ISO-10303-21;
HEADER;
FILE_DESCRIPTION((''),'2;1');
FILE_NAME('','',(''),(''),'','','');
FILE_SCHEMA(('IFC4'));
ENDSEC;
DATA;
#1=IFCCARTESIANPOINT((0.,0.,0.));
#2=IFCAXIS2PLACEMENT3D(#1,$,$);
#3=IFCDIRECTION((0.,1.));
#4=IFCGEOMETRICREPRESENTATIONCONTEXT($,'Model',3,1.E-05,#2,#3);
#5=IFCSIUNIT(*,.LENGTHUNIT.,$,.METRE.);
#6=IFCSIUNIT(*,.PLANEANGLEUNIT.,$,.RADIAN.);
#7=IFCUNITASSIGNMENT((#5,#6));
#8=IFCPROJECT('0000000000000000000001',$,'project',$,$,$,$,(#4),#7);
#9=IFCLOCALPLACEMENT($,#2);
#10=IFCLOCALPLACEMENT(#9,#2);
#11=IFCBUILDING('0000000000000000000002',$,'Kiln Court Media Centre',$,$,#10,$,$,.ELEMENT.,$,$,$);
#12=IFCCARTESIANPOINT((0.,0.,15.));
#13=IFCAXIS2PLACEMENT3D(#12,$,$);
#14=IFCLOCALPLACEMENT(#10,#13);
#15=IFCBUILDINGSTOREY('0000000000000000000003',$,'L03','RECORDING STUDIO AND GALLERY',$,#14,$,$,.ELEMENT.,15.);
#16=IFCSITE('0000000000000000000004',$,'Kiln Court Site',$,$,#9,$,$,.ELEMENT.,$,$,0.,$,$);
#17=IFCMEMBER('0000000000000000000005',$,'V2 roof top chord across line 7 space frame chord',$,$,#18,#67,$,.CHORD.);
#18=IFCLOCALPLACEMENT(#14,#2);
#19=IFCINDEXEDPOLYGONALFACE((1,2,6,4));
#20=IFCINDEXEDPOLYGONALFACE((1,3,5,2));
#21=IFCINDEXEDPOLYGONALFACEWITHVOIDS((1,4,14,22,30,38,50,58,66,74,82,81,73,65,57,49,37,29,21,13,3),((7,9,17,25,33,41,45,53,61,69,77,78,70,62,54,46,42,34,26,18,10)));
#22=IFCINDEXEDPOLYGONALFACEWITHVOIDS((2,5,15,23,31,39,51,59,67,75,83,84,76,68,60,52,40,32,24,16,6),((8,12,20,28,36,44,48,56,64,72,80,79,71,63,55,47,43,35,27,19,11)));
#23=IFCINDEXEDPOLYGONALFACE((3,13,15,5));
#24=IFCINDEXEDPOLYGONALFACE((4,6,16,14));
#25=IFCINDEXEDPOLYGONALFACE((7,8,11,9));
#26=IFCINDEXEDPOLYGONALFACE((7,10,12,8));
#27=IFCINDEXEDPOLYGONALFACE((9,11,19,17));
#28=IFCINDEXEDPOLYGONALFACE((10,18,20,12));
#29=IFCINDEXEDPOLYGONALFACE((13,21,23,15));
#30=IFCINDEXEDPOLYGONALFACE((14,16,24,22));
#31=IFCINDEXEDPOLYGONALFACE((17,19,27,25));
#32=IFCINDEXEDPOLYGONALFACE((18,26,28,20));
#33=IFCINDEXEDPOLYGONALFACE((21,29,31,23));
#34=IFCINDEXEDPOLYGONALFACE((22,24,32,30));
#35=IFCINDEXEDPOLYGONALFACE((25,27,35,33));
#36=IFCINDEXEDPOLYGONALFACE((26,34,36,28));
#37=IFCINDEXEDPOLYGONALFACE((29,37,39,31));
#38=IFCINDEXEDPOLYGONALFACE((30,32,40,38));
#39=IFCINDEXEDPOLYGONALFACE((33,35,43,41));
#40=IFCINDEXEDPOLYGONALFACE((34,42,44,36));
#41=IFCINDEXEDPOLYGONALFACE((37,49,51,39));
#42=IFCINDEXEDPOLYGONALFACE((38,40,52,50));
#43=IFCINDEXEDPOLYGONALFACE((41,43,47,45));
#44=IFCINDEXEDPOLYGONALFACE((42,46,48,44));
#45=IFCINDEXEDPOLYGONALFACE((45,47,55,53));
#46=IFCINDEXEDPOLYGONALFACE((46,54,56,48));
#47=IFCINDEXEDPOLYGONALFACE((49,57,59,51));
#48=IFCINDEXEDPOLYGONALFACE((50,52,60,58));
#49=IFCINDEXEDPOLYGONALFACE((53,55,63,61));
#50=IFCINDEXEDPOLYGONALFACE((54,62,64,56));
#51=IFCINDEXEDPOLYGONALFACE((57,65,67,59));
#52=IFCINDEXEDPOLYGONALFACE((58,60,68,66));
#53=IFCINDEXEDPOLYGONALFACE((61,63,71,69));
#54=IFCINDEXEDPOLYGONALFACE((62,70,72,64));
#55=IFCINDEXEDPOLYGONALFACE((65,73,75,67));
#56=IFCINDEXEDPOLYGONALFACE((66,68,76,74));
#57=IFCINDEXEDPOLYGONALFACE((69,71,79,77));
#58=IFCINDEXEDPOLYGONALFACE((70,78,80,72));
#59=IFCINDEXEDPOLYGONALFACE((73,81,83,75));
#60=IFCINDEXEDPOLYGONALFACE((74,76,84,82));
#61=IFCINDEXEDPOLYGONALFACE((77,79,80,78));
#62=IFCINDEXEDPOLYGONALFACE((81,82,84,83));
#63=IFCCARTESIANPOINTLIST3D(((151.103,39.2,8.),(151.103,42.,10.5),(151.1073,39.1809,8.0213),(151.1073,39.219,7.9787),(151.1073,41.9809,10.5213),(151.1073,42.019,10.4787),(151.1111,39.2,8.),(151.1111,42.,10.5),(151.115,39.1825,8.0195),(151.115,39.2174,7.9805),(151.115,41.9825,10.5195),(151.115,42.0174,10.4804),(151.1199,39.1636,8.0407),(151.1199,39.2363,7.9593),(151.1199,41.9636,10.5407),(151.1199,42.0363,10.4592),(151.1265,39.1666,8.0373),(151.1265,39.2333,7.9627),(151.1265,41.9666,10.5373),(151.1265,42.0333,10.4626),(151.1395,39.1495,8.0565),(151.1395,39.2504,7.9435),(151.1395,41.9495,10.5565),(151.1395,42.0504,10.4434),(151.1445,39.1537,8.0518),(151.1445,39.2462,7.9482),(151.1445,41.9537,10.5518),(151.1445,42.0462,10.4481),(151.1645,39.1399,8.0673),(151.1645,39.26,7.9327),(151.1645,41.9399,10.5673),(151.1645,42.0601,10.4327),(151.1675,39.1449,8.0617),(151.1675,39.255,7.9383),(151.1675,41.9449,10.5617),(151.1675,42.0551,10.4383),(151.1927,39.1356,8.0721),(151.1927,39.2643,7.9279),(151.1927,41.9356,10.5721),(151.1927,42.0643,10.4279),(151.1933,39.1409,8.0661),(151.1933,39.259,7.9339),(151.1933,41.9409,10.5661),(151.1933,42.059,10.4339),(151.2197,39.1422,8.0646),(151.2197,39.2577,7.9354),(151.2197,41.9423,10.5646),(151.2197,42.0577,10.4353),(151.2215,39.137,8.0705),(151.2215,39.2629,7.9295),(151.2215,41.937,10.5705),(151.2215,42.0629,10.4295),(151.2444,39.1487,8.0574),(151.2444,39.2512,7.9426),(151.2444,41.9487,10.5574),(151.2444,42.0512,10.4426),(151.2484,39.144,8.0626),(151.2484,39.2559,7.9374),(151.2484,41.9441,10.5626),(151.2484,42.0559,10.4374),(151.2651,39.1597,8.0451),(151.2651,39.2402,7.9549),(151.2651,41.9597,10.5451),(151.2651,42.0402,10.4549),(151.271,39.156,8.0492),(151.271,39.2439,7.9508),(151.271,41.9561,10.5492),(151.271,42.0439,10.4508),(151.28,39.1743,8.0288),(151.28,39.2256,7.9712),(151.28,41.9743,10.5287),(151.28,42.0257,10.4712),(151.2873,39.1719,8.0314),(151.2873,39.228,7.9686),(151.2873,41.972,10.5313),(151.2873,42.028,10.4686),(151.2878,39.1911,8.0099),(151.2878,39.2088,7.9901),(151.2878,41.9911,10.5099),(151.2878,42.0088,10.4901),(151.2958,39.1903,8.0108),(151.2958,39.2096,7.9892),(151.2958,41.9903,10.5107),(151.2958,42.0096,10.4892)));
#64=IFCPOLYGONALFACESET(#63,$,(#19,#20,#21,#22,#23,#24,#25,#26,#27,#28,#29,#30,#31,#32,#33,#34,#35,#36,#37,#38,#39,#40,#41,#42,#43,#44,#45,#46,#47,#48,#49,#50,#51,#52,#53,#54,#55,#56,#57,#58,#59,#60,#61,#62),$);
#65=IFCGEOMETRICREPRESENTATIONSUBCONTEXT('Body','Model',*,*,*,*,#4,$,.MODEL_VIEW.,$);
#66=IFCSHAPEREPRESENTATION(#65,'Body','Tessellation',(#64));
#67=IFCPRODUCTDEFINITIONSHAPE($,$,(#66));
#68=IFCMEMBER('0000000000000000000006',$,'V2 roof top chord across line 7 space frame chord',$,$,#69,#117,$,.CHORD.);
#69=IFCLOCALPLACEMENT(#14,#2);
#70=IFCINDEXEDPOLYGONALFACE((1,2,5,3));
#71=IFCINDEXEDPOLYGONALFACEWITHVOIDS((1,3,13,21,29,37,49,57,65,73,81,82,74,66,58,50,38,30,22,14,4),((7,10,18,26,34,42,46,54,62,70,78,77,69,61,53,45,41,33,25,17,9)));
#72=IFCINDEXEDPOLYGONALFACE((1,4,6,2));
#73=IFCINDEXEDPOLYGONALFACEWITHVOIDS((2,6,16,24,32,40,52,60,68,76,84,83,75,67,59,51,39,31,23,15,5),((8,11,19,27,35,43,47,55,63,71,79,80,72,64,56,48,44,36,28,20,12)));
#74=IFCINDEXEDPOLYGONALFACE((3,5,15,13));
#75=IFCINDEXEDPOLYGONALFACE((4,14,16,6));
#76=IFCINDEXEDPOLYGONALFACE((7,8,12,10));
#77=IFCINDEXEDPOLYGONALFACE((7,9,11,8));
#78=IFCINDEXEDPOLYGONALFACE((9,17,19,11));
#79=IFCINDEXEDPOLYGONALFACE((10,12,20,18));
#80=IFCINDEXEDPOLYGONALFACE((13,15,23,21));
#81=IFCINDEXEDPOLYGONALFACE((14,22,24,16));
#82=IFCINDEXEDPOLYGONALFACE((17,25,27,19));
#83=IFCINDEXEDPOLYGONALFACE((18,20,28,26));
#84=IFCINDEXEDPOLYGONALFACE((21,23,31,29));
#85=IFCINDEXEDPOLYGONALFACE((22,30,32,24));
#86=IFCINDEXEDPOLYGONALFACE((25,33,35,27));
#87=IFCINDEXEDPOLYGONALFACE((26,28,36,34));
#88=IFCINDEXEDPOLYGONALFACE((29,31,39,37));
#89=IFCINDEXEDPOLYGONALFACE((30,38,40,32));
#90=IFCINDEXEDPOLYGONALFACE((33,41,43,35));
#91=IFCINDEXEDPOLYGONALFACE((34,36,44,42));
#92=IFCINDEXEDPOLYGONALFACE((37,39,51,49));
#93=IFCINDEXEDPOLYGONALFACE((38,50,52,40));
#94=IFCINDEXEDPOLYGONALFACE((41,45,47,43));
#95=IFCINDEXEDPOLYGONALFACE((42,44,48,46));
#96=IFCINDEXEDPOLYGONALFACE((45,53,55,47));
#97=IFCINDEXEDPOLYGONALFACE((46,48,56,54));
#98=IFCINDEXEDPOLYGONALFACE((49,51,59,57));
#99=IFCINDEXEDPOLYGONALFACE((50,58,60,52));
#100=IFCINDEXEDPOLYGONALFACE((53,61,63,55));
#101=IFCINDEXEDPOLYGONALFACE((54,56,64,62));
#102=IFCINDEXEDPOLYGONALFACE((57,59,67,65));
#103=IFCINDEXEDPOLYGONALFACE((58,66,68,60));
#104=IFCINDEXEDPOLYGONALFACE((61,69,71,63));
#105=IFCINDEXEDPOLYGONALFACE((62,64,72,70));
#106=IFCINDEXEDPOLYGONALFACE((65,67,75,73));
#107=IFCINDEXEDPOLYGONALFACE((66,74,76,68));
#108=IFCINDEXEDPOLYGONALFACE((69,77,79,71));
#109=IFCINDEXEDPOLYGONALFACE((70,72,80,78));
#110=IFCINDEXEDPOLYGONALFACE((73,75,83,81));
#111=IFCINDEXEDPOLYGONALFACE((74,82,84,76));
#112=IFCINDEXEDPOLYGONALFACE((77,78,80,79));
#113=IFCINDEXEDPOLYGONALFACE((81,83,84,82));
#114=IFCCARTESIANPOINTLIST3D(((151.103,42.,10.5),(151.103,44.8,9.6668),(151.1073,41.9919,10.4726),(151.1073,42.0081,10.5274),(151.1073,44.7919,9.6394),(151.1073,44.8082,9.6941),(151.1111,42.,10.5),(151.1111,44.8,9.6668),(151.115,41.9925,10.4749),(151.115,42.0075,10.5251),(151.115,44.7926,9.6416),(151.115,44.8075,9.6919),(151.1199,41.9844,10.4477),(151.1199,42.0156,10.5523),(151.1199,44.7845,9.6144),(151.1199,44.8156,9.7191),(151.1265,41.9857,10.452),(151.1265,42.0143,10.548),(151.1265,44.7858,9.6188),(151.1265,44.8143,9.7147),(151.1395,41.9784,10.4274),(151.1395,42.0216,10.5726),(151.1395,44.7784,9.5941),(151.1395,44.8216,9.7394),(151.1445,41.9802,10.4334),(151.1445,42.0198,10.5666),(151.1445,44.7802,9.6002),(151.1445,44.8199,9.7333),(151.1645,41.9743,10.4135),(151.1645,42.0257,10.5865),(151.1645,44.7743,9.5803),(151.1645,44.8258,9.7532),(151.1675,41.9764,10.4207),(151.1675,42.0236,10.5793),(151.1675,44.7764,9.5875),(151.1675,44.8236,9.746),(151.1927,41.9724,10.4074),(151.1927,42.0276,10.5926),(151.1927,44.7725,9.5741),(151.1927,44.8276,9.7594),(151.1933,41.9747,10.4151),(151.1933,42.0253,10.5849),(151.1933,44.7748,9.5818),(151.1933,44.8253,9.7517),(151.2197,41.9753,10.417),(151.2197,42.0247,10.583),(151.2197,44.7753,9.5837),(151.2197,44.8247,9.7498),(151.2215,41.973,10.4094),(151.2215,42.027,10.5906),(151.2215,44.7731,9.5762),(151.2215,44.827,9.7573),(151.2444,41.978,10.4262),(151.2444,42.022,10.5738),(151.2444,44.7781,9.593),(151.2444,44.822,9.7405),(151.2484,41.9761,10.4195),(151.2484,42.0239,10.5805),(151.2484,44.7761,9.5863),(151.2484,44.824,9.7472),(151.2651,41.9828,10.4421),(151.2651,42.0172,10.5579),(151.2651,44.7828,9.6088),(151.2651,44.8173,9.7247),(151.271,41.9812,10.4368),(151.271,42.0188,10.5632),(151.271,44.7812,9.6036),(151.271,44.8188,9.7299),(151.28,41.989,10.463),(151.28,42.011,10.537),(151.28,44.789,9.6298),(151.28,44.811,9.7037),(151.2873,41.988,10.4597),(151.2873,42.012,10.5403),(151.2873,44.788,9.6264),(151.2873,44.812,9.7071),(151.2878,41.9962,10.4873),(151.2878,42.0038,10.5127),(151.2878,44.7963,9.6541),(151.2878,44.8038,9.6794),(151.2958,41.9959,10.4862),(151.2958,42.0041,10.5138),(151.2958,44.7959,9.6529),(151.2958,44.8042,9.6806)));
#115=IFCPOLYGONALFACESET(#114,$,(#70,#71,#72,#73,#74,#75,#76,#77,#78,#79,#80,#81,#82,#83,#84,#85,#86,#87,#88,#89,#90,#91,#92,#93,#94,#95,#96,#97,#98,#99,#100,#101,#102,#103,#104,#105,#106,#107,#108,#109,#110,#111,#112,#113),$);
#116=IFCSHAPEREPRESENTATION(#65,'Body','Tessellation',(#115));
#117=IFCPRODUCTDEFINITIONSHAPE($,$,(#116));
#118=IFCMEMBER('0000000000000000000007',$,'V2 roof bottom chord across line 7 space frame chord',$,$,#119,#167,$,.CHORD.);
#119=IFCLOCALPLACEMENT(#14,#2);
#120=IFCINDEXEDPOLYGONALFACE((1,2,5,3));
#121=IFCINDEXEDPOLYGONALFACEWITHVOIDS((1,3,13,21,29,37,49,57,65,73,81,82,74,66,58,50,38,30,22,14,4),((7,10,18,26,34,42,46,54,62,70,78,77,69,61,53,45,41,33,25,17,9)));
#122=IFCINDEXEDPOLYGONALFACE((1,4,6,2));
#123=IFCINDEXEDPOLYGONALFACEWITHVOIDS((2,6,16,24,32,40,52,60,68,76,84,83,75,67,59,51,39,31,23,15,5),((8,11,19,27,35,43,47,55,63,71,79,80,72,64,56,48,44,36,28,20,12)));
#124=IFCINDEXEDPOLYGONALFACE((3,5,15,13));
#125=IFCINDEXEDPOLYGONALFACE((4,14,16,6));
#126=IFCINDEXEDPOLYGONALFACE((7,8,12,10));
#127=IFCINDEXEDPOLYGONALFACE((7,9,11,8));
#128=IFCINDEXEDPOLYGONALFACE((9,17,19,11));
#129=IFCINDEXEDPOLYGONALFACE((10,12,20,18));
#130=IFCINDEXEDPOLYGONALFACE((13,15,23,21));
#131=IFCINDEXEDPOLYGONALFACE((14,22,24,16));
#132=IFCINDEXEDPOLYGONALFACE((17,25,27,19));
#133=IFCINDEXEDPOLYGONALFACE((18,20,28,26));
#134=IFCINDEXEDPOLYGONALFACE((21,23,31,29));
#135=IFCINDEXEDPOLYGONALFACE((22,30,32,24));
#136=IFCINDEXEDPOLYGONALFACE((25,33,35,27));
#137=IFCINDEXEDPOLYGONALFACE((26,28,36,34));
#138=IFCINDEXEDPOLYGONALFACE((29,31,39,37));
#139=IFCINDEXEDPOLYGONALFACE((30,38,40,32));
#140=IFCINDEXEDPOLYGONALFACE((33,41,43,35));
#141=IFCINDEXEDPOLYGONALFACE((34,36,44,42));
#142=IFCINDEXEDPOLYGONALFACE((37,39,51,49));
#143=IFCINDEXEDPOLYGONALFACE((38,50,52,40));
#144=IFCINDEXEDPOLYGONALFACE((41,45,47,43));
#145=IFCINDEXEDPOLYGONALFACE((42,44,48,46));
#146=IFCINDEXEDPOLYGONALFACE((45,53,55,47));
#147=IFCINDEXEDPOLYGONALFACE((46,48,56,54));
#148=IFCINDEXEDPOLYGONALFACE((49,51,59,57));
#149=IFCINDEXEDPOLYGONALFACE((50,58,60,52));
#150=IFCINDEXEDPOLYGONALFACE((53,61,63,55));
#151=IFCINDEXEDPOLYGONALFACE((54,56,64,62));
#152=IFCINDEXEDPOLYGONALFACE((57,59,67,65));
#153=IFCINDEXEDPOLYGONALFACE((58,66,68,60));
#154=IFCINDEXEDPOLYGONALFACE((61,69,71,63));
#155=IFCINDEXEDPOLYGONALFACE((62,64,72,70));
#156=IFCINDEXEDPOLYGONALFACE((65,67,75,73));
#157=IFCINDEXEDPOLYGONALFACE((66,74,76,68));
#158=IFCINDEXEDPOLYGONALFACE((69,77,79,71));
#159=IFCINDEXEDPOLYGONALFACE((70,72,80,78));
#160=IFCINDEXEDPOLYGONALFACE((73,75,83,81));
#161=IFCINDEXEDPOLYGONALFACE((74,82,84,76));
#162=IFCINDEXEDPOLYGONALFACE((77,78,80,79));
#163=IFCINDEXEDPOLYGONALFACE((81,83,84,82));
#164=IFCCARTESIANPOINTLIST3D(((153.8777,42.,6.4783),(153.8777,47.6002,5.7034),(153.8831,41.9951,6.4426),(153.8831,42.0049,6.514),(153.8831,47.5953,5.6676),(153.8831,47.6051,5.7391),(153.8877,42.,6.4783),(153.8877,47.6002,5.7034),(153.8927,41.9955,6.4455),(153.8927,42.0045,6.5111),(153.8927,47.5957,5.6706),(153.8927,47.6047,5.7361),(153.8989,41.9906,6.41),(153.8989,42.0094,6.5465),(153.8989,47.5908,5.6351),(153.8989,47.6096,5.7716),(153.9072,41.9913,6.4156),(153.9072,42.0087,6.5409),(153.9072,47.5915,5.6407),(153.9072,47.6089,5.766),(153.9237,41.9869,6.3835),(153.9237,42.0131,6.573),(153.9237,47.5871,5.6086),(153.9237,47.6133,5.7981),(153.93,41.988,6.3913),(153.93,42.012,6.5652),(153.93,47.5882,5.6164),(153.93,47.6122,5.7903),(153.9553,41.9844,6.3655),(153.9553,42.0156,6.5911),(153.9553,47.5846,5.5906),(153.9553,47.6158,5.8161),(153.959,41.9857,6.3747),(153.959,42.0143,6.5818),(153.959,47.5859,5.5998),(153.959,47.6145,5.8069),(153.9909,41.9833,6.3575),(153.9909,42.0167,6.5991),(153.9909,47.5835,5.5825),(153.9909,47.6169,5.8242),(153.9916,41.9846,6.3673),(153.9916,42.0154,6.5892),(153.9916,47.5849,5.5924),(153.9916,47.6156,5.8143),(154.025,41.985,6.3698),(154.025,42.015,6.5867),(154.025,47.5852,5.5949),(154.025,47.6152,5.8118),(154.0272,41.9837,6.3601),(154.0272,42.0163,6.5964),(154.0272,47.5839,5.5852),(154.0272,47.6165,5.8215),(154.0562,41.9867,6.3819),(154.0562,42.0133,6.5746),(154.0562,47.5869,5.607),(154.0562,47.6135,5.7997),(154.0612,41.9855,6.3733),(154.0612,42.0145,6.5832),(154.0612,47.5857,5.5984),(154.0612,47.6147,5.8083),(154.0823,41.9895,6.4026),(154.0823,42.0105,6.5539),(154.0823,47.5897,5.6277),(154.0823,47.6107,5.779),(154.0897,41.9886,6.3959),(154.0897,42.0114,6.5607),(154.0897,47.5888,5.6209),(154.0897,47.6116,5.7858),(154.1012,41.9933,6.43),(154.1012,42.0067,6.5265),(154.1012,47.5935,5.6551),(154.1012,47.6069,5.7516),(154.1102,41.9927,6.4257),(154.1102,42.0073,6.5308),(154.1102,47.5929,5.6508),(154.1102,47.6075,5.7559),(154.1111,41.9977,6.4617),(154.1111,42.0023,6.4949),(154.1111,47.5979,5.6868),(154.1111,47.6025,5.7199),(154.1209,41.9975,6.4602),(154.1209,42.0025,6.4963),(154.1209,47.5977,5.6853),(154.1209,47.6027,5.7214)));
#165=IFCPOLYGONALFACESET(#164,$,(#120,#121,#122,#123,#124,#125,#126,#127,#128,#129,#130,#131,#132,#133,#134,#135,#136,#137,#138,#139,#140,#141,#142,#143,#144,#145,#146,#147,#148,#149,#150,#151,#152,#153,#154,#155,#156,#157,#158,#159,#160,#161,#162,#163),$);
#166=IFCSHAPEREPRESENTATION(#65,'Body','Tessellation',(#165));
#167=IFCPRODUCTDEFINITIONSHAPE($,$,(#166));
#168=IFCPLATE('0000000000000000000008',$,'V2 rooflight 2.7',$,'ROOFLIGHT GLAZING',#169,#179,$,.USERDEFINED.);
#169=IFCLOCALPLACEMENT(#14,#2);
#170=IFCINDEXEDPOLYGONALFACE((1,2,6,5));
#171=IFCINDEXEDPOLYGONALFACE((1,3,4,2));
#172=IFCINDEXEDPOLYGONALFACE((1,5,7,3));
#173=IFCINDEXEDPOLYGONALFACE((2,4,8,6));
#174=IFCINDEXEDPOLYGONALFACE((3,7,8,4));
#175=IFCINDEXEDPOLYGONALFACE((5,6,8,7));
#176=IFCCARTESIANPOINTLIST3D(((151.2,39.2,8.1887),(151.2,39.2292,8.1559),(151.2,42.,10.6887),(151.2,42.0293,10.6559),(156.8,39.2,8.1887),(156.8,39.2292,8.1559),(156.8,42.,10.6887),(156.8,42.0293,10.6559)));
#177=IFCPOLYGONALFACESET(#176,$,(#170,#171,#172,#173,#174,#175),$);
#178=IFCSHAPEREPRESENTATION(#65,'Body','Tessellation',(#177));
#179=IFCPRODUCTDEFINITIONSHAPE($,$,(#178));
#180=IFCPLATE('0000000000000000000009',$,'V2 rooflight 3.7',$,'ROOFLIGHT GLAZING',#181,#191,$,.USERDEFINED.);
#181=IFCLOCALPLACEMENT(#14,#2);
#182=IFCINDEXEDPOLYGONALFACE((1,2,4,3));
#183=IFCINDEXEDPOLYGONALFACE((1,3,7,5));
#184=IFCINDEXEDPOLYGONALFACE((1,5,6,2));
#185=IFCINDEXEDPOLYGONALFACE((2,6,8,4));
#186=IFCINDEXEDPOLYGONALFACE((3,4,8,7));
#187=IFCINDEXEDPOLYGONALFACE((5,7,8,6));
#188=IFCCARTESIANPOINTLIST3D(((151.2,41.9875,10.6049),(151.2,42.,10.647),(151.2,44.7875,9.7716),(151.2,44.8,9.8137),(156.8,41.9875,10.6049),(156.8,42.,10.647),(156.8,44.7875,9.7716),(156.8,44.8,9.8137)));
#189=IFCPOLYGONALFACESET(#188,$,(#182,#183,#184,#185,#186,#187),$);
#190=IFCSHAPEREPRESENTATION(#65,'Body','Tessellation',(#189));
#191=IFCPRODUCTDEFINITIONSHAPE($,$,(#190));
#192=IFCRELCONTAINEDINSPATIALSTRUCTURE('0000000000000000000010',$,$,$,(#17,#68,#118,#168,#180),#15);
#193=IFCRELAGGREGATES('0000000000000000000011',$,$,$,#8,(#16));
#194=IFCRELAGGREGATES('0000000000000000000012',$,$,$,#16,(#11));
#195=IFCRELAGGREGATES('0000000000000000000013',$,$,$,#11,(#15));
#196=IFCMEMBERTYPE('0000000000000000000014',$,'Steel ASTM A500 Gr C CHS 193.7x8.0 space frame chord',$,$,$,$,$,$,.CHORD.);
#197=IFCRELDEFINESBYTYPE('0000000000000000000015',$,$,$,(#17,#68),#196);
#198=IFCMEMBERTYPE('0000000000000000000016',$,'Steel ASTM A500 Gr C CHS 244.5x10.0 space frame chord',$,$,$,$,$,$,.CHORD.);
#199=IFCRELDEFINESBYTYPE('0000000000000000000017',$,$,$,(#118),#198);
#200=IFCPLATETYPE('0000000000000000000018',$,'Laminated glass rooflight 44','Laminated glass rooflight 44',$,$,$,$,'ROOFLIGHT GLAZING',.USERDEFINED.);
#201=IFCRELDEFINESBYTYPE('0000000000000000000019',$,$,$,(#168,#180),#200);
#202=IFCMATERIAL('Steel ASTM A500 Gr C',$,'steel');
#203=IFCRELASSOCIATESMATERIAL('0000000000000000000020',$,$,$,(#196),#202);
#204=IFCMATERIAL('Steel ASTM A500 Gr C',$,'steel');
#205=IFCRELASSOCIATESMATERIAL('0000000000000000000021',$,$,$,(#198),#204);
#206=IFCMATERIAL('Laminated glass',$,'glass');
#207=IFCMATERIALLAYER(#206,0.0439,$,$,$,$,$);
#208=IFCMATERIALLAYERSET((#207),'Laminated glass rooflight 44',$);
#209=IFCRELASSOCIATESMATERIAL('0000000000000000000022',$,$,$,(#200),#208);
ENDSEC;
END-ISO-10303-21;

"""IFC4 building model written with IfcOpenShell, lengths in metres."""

from ifc_helpers import new_model, si_unit, direction, frame, origin, origin_2d, place, context, subcontext, project, spatial, polyline, hollow_circle, outline, extrude, material, layer, layer_set, material_profile, profile_set, type_object, element, save


model = new_model("IFC4")

# Units and contexts
model_context = context("Model", 3, precision=1e-05, world=origin(), true_north=direction((0.0, 1.0)))
body_context = subcontext(model_context, "Body", "Model", "MODEL_VIEW")
ifc_project = project(units=[si_unit("LENGTHUNIT", "METRE"), si_unit("PLANEANGLEUNIT", "RADIAN")], contexts=[model_context])

# Site, building, storey
site_placement = place(None, origin())
site = spatial("IfcSite", under=ifc_project, at=site_placement, Name="Kiln Court Site", CompositionType="ELEMENT", RefElevation=0.0)
building_placement = place(site_placement, origin())
building = spatial("IfcBuilding", under=site, at=building_placement, Name="Kiln Court Media Centre", CompositionType="ELEMENT")
storey_placement = place(building_placement, frame((0.0, 0.0, 15.0)))
storey = spatial("IfcBuildingStorey", under=building, at=storey_placement, Name="L03", Description="RECORDING STUDIO AND GALLERY", CompositionType="ELEMENT", Elevation=15.0)

# Members
ifc_material_1 = material(Name="Steel ASTM A500 Gr C", Category="steel")
ifc_material_profile_1 = material_profile(ifc_material_1, hollow_circle(Radius=0.0969, WallThickness=0.0081, at=origin_2d()), Name="CHS 193.7x8.0")
ifc_profile_set_1 = profile_set([ifc_material_profile_1], Name="Steel ASTM A500 Gr C")
member_type_1 = type_object("IfcMemberType", Name="Steel ASTM A500 Gr C CHS 193.7x8.0 space frame chord", PredefinedType="CHORD", material=ifc_profile_set_1)
member_1_placement = place(storey_placement, frame((151.2, 39.2, 8.0), z_axis=(0.0, 0.745943, 0.666009), x_axis=(-1.0, 0.0, 0.0)))
element("IfcMember", 1, at=member_1_placement, inside=storey, type_object=member_type_1, Name="V2 roof top chord across line 7 space frame chord", PredefinedType="CHORD", context=body_context, shape_type="SweptSolid", body=[
    extrude(hollow_circle(Radius=0.0969, WallThickness=0.0081, at=origin_2d()), origin(), (0.0, 0.0, 1.0), 3.7537),
])
member_2_placement = place(storey_placement, frame((151.2, 42.0, 10.5), z_axis=(0.0, 0.958461, -0.285223), x_axis=(-1.0, 0.0, 0.0)))
element("IfcMember", 2, at=member_2_placement, inside=storey, type_object=member_type_1, Name="V2 roof top chord across line 7 space frame chord", PredefinedType="CHORD", context=body_context, shape_type="SweptSolid", body=[
    extrude(hollow_circle(Radius=0.0969, WallThickness=0.0081, at=origin_2d()), origin(), (0.0, 0.0, 1.0), 2.9214),
])
ifc_material_2 = material(Name="Steel ASTM A500 Gr C", Category="steel")
ifc_material_profile_2 = material_profile(ifc_material_2, hollow_circle(Radius=0.1223, WallThickness=0.01, at=origin_2d()), Name="CHS 244.5x10.0")
ifc_profile_set_2 = profile_set([ifc_material_profile_2], Name="Steel ASTM A500 Gr C")
member_type_2 = type_object("IfcMemberType", Name="Steel ASTM A500 Gr C CHS 244.5x10.0 space frame chord", PredefinedType="CHORD", material=ifc_profile_set_2)
member_3_placement = place(storey_placement, frame((154.0, 42.0, 6.4783), z_axis=(0.0, 0.990562, -0.137067), x_axis=(-1.0, 0.0, 0.0)))
element("IfcMember", 3, at=member_3_placement, inside=storey, type_object=member_type_2, Name="V2 roof bottom chord across line 7 space frame chord", PredefinedType="CHORD", context=body_context, shape_type="SweptSolid", body=[
    extrude(hollow_circle(Radius=0.1223, WallThickness=0.01, at=origin_2d()), origin(), (0.0, 0.0, 1.0), 5.6536),
])

# Plates
ifc_material_3 = material(Name="Laminated glass", Category="glass")
ifc_layer_1 = layer(ifc_material_3, 0.0439)
ifc_layer_set_1 = layer_set([ifc_layer_1], Name="Laminated glass rooflight 44")
plate_type_1 = type_object("IfcPlateType", Name="Laminated glass rooflight 44", Description="Laminated glass rooflight 44", ElementType="ROOFLIGHT GLAZING", PredefinedType="USERDEFINED", material=ifc_layer_set_1)
plate_1_placement = place(storey_placement, frame((151.2, 39.2, 8.1887), z_axis=(0.0, -0.666009, 0.745943), x_axis=(0.0, 0.745943, 0.666009)))
element("IfcPlate", 4, at=plate_1_placement, inside=storey, type_object=plate_type_1, Name="V2 rooflight 2.7", ObjectType="ROOFLIGHT GLAZING", PredefinedType="USERDEFINED", context=body_context, shape_type="SweptSolid", body=[
    extrude(outline(polyline([(0.0, 0.0), (3.7537, 0.0), (3.7537, -5.6001), (0.0, -5.6001), (0.0, 0.0)])), origin(), (0.0, 0.0, -1.0), 0.0439),
])
plate_2_placement = place(storey_placement, frame((151.2, 42.0, 10.647), z_axis=(0.0, 0.285223, 0.958461), x_axis=(0.0, 0.958461, -0.285223)))
element("IfcPlate", 5, at=plate_2_placement, inside=storey, type_object=plate_type_1, Name="V2 rooflight 3.7", ObjectType="ROOFLIGHT GLAZING", PredefinedType="USERDEFINED", context=body_context, shape_type="SweptSolid", body=[
    extrude(outline(polyline([(0.0, 0.0), (2.9214, 0.0), (2.9214, -5.6001), (0.0, -5.6001), (0.0, 0.0)])), origin(), (0.0, 0.0, -1.0), 0.0439),
])

save(model, "model.ifc")
